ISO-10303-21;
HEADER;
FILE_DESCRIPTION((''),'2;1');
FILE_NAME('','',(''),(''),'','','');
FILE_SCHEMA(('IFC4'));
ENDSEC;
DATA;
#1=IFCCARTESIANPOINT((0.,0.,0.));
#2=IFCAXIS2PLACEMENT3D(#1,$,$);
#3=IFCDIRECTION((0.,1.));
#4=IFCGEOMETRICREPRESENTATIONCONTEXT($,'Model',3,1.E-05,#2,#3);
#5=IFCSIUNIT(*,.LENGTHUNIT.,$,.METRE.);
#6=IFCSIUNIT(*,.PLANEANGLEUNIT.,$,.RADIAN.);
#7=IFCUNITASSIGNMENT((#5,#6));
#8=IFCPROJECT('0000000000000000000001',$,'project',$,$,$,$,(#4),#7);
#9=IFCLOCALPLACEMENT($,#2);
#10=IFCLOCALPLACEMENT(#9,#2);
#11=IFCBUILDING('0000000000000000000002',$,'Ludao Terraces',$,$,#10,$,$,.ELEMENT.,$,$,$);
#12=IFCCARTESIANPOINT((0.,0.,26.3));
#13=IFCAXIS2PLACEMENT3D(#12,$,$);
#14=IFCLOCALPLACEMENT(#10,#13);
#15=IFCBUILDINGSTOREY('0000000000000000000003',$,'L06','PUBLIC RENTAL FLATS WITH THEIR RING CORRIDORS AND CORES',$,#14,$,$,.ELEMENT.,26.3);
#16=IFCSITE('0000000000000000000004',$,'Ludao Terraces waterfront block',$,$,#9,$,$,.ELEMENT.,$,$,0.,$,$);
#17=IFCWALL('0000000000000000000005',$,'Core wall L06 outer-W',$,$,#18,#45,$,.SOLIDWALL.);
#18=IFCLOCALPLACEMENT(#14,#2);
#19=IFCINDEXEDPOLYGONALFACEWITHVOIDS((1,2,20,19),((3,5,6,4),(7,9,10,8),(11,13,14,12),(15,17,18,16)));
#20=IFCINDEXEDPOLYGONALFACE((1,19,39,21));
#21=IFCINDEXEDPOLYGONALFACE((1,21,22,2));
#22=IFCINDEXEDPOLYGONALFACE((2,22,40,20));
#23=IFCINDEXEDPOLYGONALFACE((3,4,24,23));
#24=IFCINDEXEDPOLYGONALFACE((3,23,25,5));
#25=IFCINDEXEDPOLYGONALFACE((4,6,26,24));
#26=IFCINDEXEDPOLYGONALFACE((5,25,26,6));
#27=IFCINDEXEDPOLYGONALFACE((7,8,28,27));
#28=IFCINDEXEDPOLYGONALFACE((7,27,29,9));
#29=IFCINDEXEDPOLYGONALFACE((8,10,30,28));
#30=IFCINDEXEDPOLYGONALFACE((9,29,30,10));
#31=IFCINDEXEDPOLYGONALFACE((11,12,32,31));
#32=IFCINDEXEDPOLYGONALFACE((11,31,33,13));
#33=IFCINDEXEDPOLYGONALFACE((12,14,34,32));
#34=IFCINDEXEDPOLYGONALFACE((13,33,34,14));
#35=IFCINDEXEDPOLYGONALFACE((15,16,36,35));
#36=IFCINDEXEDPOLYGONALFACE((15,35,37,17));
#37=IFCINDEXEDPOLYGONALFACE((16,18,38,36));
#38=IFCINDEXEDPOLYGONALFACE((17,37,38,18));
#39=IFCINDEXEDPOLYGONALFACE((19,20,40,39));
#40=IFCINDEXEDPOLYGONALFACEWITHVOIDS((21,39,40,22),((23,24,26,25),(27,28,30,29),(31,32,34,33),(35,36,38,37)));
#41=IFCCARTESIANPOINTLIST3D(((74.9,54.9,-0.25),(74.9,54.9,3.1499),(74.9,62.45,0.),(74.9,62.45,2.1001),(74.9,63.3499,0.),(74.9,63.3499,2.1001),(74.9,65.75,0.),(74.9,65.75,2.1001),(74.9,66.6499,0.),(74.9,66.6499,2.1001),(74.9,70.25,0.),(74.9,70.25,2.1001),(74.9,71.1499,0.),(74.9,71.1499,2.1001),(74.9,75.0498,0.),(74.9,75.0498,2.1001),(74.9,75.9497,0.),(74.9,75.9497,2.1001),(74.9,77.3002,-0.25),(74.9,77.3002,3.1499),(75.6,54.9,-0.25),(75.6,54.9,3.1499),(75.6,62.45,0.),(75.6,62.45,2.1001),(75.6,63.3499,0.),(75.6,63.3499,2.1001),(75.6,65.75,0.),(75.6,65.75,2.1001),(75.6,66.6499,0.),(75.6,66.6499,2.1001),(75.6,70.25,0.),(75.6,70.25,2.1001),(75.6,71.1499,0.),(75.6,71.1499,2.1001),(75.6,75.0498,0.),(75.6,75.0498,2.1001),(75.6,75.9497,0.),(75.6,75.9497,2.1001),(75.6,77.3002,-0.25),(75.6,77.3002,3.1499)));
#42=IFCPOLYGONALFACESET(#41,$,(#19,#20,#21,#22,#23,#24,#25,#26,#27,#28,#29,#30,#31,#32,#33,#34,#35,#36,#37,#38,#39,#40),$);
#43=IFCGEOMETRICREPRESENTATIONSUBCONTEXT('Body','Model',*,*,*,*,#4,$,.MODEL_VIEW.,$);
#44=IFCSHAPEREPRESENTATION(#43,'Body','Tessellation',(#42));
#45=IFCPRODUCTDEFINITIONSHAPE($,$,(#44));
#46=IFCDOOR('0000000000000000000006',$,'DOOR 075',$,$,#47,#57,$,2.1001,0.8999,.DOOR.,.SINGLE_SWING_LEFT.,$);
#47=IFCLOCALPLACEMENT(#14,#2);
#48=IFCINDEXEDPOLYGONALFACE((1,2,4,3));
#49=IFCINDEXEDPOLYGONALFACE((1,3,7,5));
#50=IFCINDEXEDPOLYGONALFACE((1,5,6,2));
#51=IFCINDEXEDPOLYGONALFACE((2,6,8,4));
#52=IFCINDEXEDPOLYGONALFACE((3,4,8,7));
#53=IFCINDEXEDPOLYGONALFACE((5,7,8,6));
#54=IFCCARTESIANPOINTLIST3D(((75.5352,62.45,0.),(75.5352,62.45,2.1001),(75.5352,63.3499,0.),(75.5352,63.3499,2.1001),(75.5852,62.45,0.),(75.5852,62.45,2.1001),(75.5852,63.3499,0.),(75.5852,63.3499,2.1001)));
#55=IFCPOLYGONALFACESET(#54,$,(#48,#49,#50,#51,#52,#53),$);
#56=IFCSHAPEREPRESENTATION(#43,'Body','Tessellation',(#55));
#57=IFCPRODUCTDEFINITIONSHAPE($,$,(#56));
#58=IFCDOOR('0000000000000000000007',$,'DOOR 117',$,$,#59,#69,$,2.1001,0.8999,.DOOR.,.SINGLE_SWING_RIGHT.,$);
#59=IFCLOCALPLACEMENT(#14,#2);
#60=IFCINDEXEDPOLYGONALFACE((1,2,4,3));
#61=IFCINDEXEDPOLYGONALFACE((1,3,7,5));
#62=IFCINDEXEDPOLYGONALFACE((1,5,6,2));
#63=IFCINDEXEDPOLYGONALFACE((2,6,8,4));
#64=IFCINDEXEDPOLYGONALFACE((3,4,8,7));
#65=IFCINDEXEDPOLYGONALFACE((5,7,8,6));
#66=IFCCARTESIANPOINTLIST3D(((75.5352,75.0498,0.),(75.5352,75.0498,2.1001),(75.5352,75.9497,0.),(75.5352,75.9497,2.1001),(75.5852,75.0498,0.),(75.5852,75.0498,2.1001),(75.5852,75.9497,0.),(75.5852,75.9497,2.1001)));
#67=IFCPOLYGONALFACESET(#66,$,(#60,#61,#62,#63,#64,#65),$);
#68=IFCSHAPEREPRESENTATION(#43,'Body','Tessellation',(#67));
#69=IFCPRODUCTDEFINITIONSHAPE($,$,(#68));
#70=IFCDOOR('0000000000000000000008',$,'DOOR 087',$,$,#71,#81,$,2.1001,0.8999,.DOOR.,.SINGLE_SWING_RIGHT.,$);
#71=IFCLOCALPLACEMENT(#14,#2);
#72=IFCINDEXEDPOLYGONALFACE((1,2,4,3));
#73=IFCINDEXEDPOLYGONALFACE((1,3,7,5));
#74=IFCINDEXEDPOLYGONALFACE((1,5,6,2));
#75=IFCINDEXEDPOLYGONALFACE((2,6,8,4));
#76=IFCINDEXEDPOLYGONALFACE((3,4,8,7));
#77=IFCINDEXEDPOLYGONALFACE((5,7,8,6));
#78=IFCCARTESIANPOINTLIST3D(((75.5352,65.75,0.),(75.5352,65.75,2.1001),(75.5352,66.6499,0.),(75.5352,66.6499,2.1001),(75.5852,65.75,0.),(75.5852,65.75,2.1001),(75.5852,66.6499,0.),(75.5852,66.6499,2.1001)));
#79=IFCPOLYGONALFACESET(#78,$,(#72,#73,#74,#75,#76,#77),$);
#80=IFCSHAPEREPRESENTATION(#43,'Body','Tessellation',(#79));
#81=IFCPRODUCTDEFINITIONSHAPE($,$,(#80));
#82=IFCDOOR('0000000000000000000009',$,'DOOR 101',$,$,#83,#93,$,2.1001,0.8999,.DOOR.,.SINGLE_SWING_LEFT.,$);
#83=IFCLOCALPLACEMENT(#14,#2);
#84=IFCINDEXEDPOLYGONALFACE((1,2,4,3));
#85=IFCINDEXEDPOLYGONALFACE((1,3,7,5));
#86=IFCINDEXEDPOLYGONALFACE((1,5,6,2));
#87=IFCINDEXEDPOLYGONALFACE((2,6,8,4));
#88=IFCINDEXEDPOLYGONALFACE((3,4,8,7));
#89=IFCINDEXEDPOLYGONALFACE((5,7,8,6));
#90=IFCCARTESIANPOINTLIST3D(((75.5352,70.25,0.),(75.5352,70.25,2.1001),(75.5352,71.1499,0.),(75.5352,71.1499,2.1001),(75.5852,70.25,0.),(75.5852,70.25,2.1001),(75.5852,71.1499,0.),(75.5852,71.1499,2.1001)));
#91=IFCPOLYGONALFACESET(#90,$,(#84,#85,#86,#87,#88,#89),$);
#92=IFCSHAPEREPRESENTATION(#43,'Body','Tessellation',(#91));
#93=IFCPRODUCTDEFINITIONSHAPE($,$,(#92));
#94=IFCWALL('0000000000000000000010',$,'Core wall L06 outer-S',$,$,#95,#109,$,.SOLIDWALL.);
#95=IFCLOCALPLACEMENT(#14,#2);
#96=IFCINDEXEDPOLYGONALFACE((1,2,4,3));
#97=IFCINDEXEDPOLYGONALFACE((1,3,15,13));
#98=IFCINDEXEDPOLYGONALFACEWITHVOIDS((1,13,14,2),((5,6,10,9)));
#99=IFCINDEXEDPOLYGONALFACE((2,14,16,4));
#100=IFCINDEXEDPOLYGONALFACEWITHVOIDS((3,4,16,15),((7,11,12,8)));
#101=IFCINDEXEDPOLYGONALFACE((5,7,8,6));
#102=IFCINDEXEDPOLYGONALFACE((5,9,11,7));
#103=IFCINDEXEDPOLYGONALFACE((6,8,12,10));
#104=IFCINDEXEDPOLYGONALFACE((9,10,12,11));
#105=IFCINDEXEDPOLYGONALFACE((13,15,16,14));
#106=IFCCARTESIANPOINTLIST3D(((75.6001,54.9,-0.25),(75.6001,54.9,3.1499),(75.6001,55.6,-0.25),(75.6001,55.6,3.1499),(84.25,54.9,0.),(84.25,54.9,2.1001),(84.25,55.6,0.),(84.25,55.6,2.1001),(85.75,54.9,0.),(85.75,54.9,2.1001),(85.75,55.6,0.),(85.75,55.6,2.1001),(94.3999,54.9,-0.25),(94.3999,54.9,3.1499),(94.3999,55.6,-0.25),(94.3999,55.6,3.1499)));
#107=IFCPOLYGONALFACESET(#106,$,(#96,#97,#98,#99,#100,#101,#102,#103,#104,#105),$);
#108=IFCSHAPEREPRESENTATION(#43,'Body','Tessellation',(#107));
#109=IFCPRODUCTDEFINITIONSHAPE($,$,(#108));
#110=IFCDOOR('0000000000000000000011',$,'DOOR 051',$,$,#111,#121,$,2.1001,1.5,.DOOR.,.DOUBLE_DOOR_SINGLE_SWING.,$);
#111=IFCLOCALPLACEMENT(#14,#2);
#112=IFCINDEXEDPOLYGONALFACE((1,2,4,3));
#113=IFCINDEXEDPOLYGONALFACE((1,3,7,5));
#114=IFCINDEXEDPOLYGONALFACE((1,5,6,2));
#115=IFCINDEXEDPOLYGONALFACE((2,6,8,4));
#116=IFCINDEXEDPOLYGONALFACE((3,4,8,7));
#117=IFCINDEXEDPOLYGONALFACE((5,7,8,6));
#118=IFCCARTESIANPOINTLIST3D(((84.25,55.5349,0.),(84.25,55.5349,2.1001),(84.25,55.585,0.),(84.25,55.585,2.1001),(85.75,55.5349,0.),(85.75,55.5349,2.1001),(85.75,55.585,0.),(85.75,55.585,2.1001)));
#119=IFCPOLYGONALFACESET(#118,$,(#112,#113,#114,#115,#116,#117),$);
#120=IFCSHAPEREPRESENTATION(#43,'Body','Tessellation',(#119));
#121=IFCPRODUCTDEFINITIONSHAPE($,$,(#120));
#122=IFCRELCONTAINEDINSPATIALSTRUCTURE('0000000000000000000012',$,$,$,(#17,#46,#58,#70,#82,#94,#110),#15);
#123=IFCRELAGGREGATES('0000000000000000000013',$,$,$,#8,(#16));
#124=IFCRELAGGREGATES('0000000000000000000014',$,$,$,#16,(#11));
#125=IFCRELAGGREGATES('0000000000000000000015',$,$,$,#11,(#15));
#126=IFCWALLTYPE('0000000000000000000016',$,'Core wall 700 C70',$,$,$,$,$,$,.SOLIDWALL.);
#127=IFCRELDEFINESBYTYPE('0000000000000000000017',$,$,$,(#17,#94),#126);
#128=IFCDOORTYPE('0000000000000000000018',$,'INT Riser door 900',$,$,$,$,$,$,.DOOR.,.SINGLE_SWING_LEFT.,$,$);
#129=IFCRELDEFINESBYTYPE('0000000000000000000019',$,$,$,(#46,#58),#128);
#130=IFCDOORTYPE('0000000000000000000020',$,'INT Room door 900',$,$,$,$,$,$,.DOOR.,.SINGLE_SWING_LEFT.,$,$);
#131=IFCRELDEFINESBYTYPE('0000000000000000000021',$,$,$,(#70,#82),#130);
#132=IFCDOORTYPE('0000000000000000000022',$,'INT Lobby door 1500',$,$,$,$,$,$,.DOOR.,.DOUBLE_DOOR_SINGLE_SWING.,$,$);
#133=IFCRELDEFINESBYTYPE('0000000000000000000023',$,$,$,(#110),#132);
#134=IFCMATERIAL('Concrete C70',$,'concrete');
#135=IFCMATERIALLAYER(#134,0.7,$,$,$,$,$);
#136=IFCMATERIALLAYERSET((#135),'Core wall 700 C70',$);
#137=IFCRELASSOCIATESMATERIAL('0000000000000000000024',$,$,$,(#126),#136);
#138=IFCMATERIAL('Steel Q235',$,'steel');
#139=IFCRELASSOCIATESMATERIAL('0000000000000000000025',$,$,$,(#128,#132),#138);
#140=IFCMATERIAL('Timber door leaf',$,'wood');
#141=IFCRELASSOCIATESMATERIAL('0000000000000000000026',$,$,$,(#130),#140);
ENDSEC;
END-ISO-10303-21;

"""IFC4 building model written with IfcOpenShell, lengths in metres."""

from ifc_helpers import new_model, si_unit, direction, frame, frame_2d, origin, place, context, subcontext, project, spatial, rectangle, extrude, material, layer, layer_set, type_object, element, fill, save


model = new_model("IFC4")

# Units and contexts
model_context = context("Model", 3, precision=1e-05, world=origin(), true_north=direction((0.0, 1.0)))
body_context = subcontext(model_context, "Body", "Model", "MODEL_VIEW")
ifc_project = project(units=[si_unit("LENGTHUNIT", "METRE"), si_unit("PLANEANGLEUNIT", "RADIAN")], contexts=[model_context])

# Site, building, storey
site_placement = place(None, origin())
site = spatial("IfcSite", under=ifc_project, at=site_placement, Name="Ludao Terraces waterfront block", CompositionType="ELEMENT", RefElevation=0.0)
building_placement = place(site_placement, origin())
building = spatial("IfcBuilding", under=site, at=building_placement, Name="Ludao Terraces", CompositionType="ELEMENT")
storey_placement = place(building_placement, frame((0.0, 0.0, 26.3)))
storey = spatial("IfcBuildingStorey", under=building, at=storey_placement, Name="L06", Description="PUBLIC RENTAL FLATS WITH THEIR RING CORRIDORS AND CORES", CompositionType="ELEMENT", Elevation=26.3)

# Wall, openings, doors
ifc_material_1 = material(Name="Concrete C70", Category="concrete")
ifc_layer_1 = layer(ifc_material_1, 0.7)
ifc_layer_set_1 = layer_set([ifc_layer_1], Name="Core wall 700 C70")
wall_type_1 = type_object("IfcWallType", Name="Core wall 700 C70", PredefinedType="SOLIDWALL", material=ifc_layer_set_1)
wall_1_placement = place(storey_placement, frame((75.25, 54.8999, -0.25), z_axis=(0.0, 0.0, 1.0), x_axis=(0.0, 1.0, 0.0)))
wall_1 = element("IfcWall", 1, at=wall_1_placement, inside=storey, type_object=wall_type_1, Name="Core wall L06 outer-W", PredefinedType="SOLIDWALL", context=body_context, shape_type="SweptSolid", body=[
    extrude(rectangle(XDim=22.4001, YDim=0.7, at=frame_2d((11.2002, 0.0))), origin(), (0.0, 0.0, 1.0), 3.3999),
])
opening_1_placement = place(wall_1_placement, frame((7.55, 0.0, 0.25)))
opening_1 = element("IfcOpeningElement", 2, at=opening_1_placement, cuts=wall_1, PredefinedType="OPENING", context=body_context, shape_type="SweptSolid", body=[
    extrude(rectangle(XDim=0.8999, YDim=2.1001, at=frame_2d((0.45, 1.05))), frame((0.0, 0.3599, 0.0), z_axis=(0.0, -1.0, 0.0), x_axis=(1.0, 0.0, 0.0)), (0.0, 0.0, 1.0), 0.72),
])
opening_2_placement = place(wall_1_placement, frame((10.8501, 0.0, 0.25)))
opening_2 = element("IfcOpeningElement", 3, at=opening_2_placement, cuts=wall_1, PredefinedType="OPENING", context=body_context, shape_type="SweptSolid", body=[
    extrude(rectangle(XDim=0.8999, YDim=2.1001, at=frame_2d((0.45, 1.05))), frame((0.0, 0.3599, 0.0), z_axis=(0.0, -1.0, 0.0), x_axis=(1.0, 0.0, 0.0)), (0.0, 0.0, 1.0), 0.72),
])
opening_3_placement = place(wall_1_placement, frame((15.3501, 0.0, 0.25)))
opening_3 = element("IfcOpeningElement", 4, at=opening_3_placement, cuts=wall_1, PredefinedType="OPENING", context=body_context, shape_type="SweptSolid", body=[
    extrude(rectangle(XDim=0.8999, YDim=2.1001, at=frame_2d((0.45, 1.05))), frame((0.0, 0.3599, 0.0), z_axis=(0.0, -1.0, 0.0), x_axis=(1.0, 0.0, 0.0)), (0.0, 0.0, 1.0), 0.72),
])
opening_4_placement = place(wall_1_placement, frame((20.1499, 0.0, 0.25)))
opening_4 = element("IfcOpeningElement", 5, at=opening_4_placement, cuts=wall_1, PredefinedType="OPENING", context=body_context, shape_type="SweptSolid", body=[
    extrude(rectangle(XDim=0.8999, YDim=2.1001, at=frame_2d((0.45, 1.05))), frame((0.0, 0.3599, 0.0), z_axis=(0.0, -1.0, 0.0), x_axis=(1.0, 0.0, 0.0)), (0.0, 0.0, 1.0), 0.72),
])
ifc_material_2 = material(Name="Steel Q235", Category="steel")
door_type_1 = type_object("IfcDoorType", Name="INT Riser door 900", OperationType="SINGLE_SWING_LEFT", PredefinedType="DOOR", material=ifc_material_2)
door_1_placement = place(opening_1_placement, origin())
door_1 = element("IfcDoor", 6, at=door_1_placement, inside=storey, type_object=door_type_1, Name="DOOR 075", OperationType="SINGLE_SWING_LEFT", OverallHeight=2.1001, OverallWidth=0.8999, PredefinedType="DOOR", context=body_context, shape_type="SweptSolid", body=[
    extrude(rectangle(XDim=0.8999, YDim=2.1001, at=frame_2d((0.45, 1.05))), frame((0.0, -0.2852, 0.0), z_axis=(0.0, -1.0, 0.0), x_axis=(1.0, 0.0, 0.0)), (0.0, 0.0, 1.0), 0.05),
])
fill(opening_1, door_1)
door_2_placement = place(opening_4_placement, origin())
door_2 = element("IfcDoor", 7, at=door_2_placement, inside=storey, type_object=door_type_1, Name="DOOR 117", OperationType="SINGLE_SWING_RIGHT", OverallHeight=2.1001, OverallWidth=0.8999, PredefinedType="DOOR", context=body_context, shape_type="SweptSolid", body=[
    extrude(rectangle(XDim=0.8999, YDim=2.1001, at=frame_2d((0.45, 1.05))), frame((0.0, -0.2852, 0.0), z_axis=(0.0, -1.0, 0.0), x_axis=(1.0, 0.0, 0.0)), (0.0, 0.0, 1.0), 0.05),
])
fill(opening_4, door_2)
ifc_material_3 = material(Name="Timber door leaf", Category="wood")
door_type_2 = type_object("IfcDoorType", Name="INT Room door 900", OperationType="SINGLE_SWING_LEFT", PredefinedType="DOOR", material=ifc_material_3)
door_3_placement = place(opening_2_placement, origin())
door_3 = element("IfcDoor", 8, at=door_3_placement, inside=storey, type_object=door_type_2, Name="DOOR 087", OperationType="SINGLE_SWING_RIGHT", OverallHeight=2.1001, OverallWidth=0.8999, PredefinedType="DOOR", context=body_context, shape_type="SweptSolid", body=[
    extrude(rectangle(XDim=0.8999, YDim=2.1001, at=frame_2d((0.45, 1.05))), frame((0.0, -0.2852, 0.0), z_axis=(0.0, -1.0, 0.0), x_axis=(1.0, 0.0, 0.0)), (0.0, 0.0, 1.0), 0.05),
])
fill(opening_2, door_3)
door_4_placement = place(opening_3_placement, origin())
door_4 = element("IfcDoor", 9, at=door_4_placement, inside=storey, type_object=door_type_2, Name="DOOR 101", OperationType="SINGLE_SWING_LEFT", OverallHeight=2.1001, OverallWidth=0.8999, PredefinedType="DOOR", context=body_context, shape_type="SweptSolid", body=[
    extrude(rectangle(XDim=0.8999, YDim=2.1001, at=frame_2d((0.45, 1.05))), frame((0.0, -0.2852, 0.0), z_axis=(0.0, -1.0, 0.0), x_axis=(1.0, 0.0, 0.0)), (0.0, 0.0, 1.0), 0.05),
])
fill(opening_3, door_4)

# Wall, opening, door
wall_2_placement = place(storey_placement, frame((75.6001, 55.25, -0.25), z_axis=(0.0, 0.0, 1.0), x_axis=(1.0, 0.0, 0.0)))
wall_2 = element("IfcWall", 10, at=wall_2_placement, inside=storey, type_object=wall_type_1, Name="Core wall L06 outer-S", PredefinedType="SOLIDWALL", context=body_context, shape_type="SweptSolid", body=[
    extrude(rectangle(XDim=18.7998, YDim=0.7, at=frame_2d((9.3999, 0.0))), origin(), (0.0, 0.0, 1.0), 3.3999),
])
opening_5_placement = place(wall_2_placement, frame((8.6499, 0.0, 0.25)))
opening_5 = element("IfcOpeningElement", 11, at=opening_5_placement, cuts=wall_2, PredefinedType="OPENING", context=body_context, shape_type="SweptSolid", body=[
    extrude(rectangle(XDim=1.5, YDim=2.1001, at=frame_2d((0.75, 1.05))), frame((0.0, 0.3599, 0.0), z_axis=(0.0, -1.0, 0.0), x_axis=(1.0, 0.0, 0.0)), (0.0, 0.0, 1.0), 0.72),
])
door_type_3 = type_object("IfcDoorType", Name="INT Lobby door 1500", OperationType="DOUBLE_DOOR_SINGLE_SWING", PredefinedType="DOOR", material=ifc_material_2)
door_5_placement = place(opening_5_placement, origin())
door_5 = element("IfcDoor", 12, at=door_5_placement, inside=storey, type_object=door_type_3, Name="DOOR 051", OperationType="DOUBLE_DOOR_SINGLE_SWING", OverallHeight=2.1001, OverallWidth=1.5, PredefinedType="DOOR", context=body_context, shape_type="SweptSolid", body=[
    extrude(rectangle(XDim=1.5, YDim=2.1001, at=frame_2d((0.75, 1.05))), frame((0.0, 0.335, 0.0), z_axis=(0.0, -1.0, 0.0), x_axis=(1.0, 0.0, 0.0)), (0.0, 0.0, 1.0), 0.05),
])
fill(opening_5, door_5)

save(model, "model.ifc")
